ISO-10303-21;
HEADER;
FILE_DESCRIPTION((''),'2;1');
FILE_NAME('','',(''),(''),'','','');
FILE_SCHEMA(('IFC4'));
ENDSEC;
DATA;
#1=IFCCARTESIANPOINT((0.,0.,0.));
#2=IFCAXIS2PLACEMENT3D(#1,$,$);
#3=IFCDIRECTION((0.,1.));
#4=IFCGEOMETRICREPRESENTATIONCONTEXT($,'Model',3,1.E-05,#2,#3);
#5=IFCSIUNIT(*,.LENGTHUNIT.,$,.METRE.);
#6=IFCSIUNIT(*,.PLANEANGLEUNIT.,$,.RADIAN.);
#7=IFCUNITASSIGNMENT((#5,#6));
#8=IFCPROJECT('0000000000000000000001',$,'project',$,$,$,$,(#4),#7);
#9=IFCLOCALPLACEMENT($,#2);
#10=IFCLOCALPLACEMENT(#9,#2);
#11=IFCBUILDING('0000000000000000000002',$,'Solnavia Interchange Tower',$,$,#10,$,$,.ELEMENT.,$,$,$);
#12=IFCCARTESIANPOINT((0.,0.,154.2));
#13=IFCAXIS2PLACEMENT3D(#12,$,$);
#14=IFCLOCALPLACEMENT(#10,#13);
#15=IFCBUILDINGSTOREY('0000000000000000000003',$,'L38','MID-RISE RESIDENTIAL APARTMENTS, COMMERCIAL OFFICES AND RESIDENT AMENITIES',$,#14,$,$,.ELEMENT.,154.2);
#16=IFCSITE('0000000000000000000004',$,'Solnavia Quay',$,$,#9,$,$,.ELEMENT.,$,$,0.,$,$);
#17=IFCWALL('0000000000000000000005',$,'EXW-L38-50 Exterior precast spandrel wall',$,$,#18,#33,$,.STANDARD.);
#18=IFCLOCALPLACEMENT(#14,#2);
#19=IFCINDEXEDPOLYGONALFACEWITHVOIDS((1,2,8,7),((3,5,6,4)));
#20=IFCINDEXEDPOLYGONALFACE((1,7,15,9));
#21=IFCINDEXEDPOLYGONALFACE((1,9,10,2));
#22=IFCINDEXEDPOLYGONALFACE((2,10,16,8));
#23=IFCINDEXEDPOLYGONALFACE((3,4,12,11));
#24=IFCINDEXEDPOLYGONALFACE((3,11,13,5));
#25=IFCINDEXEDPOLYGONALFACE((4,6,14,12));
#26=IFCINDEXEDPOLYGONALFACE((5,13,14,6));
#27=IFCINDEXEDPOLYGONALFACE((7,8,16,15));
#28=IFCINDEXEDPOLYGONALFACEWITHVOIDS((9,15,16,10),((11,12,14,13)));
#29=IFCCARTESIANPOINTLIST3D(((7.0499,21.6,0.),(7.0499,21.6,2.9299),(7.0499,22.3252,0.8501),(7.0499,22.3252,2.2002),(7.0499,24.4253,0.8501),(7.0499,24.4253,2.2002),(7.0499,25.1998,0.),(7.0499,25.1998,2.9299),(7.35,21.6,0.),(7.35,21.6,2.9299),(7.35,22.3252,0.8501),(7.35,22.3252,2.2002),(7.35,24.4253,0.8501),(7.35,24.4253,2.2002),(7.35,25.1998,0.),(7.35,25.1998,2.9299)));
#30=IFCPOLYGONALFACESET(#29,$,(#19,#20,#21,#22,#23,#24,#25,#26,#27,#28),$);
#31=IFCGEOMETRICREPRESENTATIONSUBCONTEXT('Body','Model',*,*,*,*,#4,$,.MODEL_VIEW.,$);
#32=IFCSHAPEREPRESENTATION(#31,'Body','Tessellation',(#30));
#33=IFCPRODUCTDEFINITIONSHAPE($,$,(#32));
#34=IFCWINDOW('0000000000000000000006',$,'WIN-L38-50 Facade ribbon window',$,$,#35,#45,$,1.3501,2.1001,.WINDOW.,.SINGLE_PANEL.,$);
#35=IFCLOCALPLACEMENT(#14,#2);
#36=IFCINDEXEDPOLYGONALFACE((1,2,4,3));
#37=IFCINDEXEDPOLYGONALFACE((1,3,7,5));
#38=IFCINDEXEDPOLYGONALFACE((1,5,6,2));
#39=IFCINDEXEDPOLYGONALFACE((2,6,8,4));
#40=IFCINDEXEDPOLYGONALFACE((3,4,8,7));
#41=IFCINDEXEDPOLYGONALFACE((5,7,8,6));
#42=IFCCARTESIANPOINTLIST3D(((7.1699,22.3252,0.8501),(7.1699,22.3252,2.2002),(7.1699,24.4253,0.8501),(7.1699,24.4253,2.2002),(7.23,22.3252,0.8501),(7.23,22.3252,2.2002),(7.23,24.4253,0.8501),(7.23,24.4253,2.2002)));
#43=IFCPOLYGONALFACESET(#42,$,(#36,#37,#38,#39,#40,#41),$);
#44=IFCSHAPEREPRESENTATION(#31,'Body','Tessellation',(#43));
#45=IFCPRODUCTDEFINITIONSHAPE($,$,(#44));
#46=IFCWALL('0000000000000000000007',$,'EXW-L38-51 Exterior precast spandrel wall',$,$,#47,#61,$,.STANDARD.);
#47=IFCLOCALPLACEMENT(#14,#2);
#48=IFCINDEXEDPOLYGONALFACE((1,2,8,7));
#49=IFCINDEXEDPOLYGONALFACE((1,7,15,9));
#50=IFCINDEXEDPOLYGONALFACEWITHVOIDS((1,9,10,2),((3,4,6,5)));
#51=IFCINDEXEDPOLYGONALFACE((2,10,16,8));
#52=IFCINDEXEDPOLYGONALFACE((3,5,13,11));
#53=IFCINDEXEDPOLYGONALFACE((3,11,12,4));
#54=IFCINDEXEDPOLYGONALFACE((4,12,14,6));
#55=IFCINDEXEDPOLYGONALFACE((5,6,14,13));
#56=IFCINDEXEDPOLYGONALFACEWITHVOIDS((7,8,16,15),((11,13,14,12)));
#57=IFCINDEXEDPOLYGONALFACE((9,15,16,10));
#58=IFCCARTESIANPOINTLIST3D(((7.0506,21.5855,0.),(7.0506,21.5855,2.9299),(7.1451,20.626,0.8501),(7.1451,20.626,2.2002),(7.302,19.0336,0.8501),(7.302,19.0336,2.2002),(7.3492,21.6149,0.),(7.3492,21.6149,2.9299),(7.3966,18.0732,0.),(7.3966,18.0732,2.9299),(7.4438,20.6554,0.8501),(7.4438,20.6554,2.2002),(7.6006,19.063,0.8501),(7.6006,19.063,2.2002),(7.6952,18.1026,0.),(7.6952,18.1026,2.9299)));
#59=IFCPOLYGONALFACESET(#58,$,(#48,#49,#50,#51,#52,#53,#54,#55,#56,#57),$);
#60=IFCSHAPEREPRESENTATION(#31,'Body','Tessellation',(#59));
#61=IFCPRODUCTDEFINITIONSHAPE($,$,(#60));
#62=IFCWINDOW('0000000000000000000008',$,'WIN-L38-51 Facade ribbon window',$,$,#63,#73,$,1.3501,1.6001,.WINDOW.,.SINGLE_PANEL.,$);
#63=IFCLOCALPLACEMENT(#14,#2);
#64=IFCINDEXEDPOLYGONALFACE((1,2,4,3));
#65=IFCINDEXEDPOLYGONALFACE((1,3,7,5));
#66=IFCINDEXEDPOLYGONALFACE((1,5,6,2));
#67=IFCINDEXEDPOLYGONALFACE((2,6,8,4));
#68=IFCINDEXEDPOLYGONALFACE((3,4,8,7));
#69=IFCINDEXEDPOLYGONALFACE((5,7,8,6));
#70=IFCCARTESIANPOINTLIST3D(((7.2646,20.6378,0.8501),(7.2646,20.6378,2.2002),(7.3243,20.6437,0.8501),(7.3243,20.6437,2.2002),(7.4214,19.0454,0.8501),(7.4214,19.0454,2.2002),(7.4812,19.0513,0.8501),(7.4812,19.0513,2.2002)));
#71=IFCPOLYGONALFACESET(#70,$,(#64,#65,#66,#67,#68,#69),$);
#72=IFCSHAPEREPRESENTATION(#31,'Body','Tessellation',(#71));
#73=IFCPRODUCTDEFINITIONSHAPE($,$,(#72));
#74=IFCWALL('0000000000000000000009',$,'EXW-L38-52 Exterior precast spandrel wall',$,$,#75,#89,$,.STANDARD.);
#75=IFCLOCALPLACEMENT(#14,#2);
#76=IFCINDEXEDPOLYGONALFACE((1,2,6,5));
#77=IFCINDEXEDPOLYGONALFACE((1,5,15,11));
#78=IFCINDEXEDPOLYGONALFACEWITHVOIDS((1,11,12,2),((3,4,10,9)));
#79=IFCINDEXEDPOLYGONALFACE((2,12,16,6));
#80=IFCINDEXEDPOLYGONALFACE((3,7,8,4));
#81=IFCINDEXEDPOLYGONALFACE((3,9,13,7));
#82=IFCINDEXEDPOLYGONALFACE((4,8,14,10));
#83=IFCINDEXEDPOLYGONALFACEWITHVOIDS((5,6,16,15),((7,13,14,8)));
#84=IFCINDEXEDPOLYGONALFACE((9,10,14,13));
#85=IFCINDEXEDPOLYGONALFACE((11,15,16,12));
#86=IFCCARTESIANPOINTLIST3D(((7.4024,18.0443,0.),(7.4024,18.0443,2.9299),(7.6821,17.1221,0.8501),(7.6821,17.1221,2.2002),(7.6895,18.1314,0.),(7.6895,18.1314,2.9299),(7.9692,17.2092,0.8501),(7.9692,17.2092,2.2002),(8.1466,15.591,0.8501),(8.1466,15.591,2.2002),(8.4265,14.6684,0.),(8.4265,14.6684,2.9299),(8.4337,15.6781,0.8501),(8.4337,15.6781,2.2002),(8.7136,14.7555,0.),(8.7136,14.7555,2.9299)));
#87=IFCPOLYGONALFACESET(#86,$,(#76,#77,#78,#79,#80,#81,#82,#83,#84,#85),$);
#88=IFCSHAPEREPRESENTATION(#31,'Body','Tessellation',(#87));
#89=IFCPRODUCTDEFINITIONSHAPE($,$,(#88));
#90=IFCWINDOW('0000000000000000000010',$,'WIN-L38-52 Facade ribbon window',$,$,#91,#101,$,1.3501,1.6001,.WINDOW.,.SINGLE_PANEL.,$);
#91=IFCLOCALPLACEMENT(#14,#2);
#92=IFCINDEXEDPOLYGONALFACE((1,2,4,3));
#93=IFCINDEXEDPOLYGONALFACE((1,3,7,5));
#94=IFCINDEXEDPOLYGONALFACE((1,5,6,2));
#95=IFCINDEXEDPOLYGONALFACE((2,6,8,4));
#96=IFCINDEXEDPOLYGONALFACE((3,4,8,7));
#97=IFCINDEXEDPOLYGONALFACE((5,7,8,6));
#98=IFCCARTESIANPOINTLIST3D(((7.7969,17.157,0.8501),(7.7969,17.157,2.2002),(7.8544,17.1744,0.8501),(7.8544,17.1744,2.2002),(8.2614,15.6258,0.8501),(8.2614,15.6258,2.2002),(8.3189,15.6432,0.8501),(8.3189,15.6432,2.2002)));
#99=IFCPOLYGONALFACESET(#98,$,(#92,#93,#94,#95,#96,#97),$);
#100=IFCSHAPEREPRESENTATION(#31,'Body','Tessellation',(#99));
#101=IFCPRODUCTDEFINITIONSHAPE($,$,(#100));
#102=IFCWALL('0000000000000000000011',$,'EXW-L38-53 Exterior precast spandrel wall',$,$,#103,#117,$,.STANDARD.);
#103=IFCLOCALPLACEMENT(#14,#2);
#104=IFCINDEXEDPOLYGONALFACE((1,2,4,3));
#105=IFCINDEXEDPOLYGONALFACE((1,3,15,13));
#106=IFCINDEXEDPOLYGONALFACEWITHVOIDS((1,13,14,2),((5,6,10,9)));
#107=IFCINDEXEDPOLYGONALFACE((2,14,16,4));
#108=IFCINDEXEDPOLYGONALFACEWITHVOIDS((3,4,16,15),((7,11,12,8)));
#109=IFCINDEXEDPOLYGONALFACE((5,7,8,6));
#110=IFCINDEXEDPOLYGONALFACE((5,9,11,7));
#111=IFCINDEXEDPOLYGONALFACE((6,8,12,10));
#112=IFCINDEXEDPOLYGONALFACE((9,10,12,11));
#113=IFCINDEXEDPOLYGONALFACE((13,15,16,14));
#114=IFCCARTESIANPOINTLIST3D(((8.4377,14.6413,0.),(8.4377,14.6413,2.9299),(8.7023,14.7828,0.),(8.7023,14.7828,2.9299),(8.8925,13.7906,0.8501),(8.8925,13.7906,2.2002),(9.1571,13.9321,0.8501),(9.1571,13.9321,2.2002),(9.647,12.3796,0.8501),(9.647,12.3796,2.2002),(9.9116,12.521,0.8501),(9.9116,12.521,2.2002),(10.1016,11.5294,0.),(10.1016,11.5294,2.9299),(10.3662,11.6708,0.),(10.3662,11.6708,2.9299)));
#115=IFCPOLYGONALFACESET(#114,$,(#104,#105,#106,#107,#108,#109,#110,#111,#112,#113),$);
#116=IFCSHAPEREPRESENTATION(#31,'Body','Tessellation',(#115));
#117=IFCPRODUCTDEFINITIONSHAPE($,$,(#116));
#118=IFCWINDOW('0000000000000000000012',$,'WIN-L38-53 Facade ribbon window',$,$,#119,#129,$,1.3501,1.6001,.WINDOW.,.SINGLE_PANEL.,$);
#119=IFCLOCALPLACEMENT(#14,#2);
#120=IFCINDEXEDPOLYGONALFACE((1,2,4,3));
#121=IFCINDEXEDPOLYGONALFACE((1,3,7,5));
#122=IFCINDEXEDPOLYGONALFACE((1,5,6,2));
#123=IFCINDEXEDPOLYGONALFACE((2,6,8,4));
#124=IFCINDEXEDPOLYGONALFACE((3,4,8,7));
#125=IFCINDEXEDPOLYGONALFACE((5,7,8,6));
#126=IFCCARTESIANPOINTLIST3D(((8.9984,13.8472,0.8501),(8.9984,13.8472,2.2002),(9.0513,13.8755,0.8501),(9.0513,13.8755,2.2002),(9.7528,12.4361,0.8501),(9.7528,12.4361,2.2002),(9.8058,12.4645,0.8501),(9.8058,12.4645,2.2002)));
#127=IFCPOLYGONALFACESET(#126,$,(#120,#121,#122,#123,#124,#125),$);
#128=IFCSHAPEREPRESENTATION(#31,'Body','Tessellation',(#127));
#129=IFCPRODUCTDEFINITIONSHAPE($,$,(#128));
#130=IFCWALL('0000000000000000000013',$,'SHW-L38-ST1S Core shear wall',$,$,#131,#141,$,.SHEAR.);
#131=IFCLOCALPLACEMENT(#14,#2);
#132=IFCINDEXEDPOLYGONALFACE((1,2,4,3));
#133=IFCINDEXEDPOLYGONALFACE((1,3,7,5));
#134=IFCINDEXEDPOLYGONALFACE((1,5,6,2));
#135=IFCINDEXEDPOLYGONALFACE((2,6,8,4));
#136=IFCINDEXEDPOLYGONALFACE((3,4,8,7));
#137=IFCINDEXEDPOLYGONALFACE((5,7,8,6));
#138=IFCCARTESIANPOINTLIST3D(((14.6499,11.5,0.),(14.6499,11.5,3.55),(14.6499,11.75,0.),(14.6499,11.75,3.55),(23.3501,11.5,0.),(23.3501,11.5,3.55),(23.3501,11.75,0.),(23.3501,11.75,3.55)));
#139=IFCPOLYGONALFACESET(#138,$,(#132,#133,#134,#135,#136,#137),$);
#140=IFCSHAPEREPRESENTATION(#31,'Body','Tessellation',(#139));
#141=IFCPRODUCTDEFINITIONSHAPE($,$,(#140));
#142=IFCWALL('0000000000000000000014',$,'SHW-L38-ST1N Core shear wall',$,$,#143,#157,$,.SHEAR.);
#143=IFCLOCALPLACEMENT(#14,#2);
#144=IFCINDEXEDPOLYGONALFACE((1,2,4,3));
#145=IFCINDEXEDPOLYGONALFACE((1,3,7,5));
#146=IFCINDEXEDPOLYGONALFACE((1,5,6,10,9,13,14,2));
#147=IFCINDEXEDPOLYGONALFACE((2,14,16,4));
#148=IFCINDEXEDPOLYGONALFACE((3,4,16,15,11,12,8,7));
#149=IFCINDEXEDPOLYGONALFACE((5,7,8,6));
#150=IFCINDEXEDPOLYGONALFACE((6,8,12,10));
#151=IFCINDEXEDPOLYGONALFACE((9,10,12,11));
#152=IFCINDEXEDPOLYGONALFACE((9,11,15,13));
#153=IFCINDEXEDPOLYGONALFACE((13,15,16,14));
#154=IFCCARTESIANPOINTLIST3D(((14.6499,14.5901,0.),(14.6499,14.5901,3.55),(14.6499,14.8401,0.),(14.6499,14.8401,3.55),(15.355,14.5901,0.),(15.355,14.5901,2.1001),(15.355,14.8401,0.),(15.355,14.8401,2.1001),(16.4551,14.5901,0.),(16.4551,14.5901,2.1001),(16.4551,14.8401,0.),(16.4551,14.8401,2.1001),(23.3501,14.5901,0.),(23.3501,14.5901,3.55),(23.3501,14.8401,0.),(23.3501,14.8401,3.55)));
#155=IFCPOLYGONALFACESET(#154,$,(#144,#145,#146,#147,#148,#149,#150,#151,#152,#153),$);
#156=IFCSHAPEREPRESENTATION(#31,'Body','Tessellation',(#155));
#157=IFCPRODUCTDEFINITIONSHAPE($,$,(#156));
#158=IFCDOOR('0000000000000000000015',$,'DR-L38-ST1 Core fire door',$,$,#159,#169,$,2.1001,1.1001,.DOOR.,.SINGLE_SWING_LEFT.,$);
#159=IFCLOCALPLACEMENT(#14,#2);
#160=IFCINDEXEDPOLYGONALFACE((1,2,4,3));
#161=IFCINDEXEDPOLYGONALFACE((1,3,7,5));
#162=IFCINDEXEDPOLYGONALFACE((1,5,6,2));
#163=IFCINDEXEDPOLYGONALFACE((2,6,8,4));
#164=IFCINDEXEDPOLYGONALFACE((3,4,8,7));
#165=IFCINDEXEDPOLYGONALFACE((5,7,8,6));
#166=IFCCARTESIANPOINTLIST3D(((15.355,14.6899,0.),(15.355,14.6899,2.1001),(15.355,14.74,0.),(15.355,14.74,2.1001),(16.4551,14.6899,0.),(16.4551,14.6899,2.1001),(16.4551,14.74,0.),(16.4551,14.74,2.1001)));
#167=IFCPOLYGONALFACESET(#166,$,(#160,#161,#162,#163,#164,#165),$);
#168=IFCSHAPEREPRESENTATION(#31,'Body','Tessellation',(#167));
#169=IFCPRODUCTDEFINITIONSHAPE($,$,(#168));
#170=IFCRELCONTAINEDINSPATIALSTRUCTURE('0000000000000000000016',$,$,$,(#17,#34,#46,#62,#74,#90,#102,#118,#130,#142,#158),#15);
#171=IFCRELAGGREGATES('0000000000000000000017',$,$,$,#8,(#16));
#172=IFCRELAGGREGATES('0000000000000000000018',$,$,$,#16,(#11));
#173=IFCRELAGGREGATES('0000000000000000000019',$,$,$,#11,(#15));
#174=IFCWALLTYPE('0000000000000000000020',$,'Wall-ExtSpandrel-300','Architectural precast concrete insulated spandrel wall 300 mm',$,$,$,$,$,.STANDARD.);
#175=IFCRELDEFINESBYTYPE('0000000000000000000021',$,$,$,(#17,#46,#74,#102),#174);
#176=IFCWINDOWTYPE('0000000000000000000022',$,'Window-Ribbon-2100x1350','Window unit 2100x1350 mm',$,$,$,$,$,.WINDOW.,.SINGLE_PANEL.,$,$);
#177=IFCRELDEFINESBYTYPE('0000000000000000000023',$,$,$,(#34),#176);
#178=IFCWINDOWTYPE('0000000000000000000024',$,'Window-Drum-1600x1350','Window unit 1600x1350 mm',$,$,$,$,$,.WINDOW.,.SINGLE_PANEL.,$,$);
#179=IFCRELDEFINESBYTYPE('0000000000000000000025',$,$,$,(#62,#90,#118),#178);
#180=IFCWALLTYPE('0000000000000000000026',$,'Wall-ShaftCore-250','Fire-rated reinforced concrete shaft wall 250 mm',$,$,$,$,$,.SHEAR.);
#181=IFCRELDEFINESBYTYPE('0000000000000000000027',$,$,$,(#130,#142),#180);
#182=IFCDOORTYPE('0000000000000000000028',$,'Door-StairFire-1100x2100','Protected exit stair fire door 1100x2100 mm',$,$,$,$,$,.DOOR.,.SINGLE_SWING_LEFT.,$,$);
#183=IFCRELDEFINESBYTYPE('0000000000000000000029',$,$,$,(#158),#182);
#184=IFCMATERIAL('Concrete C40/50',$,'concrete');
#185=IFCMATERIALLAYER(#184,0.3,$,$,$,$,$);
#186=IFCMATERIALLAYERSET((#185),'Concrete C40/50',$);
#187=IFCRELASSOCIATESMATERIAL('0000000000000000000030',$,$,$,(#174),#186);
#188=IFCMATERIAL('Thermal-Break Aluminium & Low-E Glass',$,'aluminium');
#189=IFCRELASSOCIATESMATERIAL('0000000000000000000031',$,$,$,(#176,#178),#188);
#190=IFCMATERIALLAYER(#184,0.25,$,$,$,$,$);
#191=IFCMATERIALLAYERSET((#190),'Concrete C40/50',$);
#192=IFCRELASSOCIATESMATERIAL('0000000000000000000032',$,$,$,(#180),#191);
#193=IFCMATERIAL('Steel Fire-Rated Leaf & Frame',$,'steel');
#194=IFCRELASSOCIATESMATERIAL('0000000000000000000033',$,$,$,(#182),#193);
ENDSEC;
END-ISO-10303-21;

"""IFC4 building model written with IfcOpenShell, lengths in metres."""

from ifc_helpers import new_model, si_unit, direction, frame, frame_2d, origin, place, context, subcontext, project, spatial, rectangle, extrude, material, layer, layer_set, type_object, element, fill, save


model = new_model("IFC4")

# Units and contexts
model_context = context("Model", 3, precision=1e-05, world=origin(), true_north=direction((0.0, 1.0)))
body_context = subcontext(model_context, "Body", "Model", "MODEL_VIEW")
ifc_project = project(units=[si_unit("LENGTHUNIT", "METRE"), si_unit("PLANEANGLEUNIT", "RADIAN")], contexts=[model_context])

# Site, building, storey
site_placement = place(None, origin())
site = spatial("IfcSite", under=ifc_project, at=site_placement, Name="Solnavia Quay", CompositionType="ELEMENT", RefElevation=0.0)
building_placement = place(site_placement, origin())
building = spatial("IfcBuilding", under=site, at=building_placement, Name="Solnavia Interchange Tower", CompositionType="ELEMENT")
storey_placement = place(building_placement, frame((0.0, 0.0, 154.2)))
storey = spatial("IfcBuildingStorey", under=building, at=storey_placement, Name="L38", Description="MID-RISE RESIDENTIAL APARTMENTS, COMMERCIAL OFFICES AND RESIDENT AMENITIES", CompositionType="ELEMENT", Elevation=154.2)

# Walls, openings, windows
ifc_material_1 = material(Name="Concrete C40/50", Category="concrete")
ifc_layer_1 = layer(ifc_material_1, 0.3)
ifc_layer_set_1 = layer_set([ifc_layer_1], Name="Concrete C40/50")
wall_type_1 = type_object("IfcWallType", Name="Wall-ExtSpandrel-300", Description="Architectural precast concrete insulated spandrel wall 300 mm", PredefinedType="STANDARD", material=ifc_layer_set_1)
wall_1_placement = place(storey_placement, frame((7.2, 21.6001, 0.0), z_axis=(0.0, 0.0, 1.0), x_axis=(0.0, 1.0, 0.0)))
wall_1 = element("IfcWall", 1, at=wall_1_placement, inside=storey, type_object=wall_type_1, Name="EXW-L38-50 Exterior precast spandrel wall", PredefinedType="STANDARD", context=body_context, shape_type="SweptSolid", body=[
    extrude(rectangle(XDim=3.5999, YDim=0.3, at=frame_2d((1.7998, 0.0))), origin(), (0.0, 0.0, 1.0), 2.9299),
])
opening_1_placement = place(wall_1_placement, frame((0.7251, 0.0, 0.8501)))
opening_1 = element("IfcOpeningElement", 2, at=opening_1_placement, cuts=wall_1, PredefinedType="OPENING", context=body_context, shape_type="SweptSolid", body=[
    extrude(rectangle(XDim=2.1001, YDim=1.3501, at=frame_2d((1.05, 0.675))), frame((0.0, 0.1602, 0.0), z_axis=(0.0, -1.0, 0.0), x_axis=(1.0, 0.0, 0.0)), (0.0, 0.0, 1.0), 0.3201),
])
ifc_material_2 = material(Name="Thermal-Break Aluminium & Low-E Glass", Category="aluminium")
window_type_1 = type_object("IfcWindowType", Name="Window-Ribbon-2100x1350", Description="Window unit 2100x1350 mm", PartitioningType="SINGLE_PANEL", PredefinedType="WINDOW", material=ifc_material_2)
window_1_placement = place(opening_1_placement, origin())
window_1 = element("IfcWindow", 3, at=window_1_placement, inside=storey, type_object=window_type_1, Name="WIN-L38-50 Facade ribbon window", OverallHeight=1.3501, OverallWidth=2.1001, PartitioningType="SINGLE_PANEL", PredefinedType="WINDOW", context=body_context, shape_type="SweptSolid", body=[
    extrude(rectangle(XDim=2.1001, YDim=1.3501, at=frame_2d((1.05, 0.675))), frame((0.0, 0.03, 0.0), z_axis=(0.0, -1.0, 0.0), x_axis=(1.0, 0.0, 0.0)), (0.0, 0.0, 1.0), 0.0601),
])
fill(opening_1, window_1)
wall_2_placement = place(storey_placement, frame((7.5459, 18.0879, 0.0), z_axis=(0.0, 0.0, 1.0), x_axis=(-0.098024, 0.995184, 0.0)))
wall_2 = element("IfcWall", 4, at=wall_2_placement, inside=storey, type_object=wall_type_1, Name="EXW-L38-51 Exterior precast spandrel wall", PredefinedType="STANDARD", context=body_context, shape_type="SweptSolid", body=[
    extrude(rectangle(XDim=3.5293, YDim=0.3, at=frame_2d((1.7646, 0.0))), origin(), (0.0, 0.0, 1.0), 2.9299),
])
opening_2_placement = place(wall_2_placement, frame((0.9651, 0.0, 0.8501)))
opening_2 = element("IfcOpeningElement", 5, at=opening_2_placement, cuts=wall_2, PredefinedType="OPENING", context=body_context, shape_type="SweptSolid", body=[
    extrude(rectangle(XDim=1.6001, YDim=1.3501, at=frame_2d((0.8, 0.675))), frame((0.0, 0.1602, 0.0), z_axis=(0.0, -1.0, 0.0), x_axis=(1.0, 0.0, 0.0)), (0.0, 0.0, 1.0), 0.3201),
])
window_type_2 = type_object("IfcWindowType", Name="Window-Drum-1600x1350", Description="Window unit 1600x1350 mm", PartitioningType="SINGLE_PANEL", PredefinedType="WINDOW", material=ifc_material_2)
window_2_placement = place(opening_2_placement, origin())
window_2 = element("IfcWindow", 6, at=window_2_placement, inside=storey, type_object=window_type_2, Name="WIN-L38-51 Facade ribbon window", OverallHeight=1.3501, OverallWidth=1.6001, PartitioningType="SINGLE_PANEL", PredefinedType="WINDOW", context=body_context, shape_type="SweptSolid", body=[
    extrude(rectangle(XDim=1.6001, YDim=1.3501, at=frame_2d((0.8, 0.675))), frame((0.0, 0.03, 0.0), z_axis=(0.0, -1.0, 0.0), x_axis=(1.0, 0.0, 0.0)), (0.0, 0.0, 1.0), 0.0601),
])
fill(opening_2, window_2)
wall_3_placement = place(storey_placement, frame((8.5701, 14.7119, 0.0), z_axis=(0.0, 0.0, 1.0), x_axis=(-0.290305, 0.956934, 0.0)))
wall_3 = element("IfcWall", 7, at=wall_3_placement, inside=storey, type_object=wall_type_1, Name="EXW-L38-52 Exterior precast spandrel wall", PredefinedType="STANDARD", context=body_context, shape_type="SweptSolid", body=[
    extrude(rectangle(XDim=3.5278, YDim=0.3, at=frame_2d((1.7639, 0.0))), origin(), (0.0, 0.0, 1.0), 2.9299),
])
opening_3_placement = place(wall_3_placement, frame((0.9641, 0.0, 0.8501)))
opening_3 = element("IfcOpeningElement", 8, at=opening_3_placement, cuts=wall_3, PredefinedType="OPENING", context=body_context, shape_type="SweptSolid", body=[
    extrude(rectangle(XDim=1.6001, YDim=1.3501, at=frame_2d((0.8, 0.675))), frame((0.0, 0.1602, 0.0), z_axis=(0.0, -1.0, 0.0), x_axis=(1.0, 0.0, 0.0)), (0.0, 0.0, 1.0), 0.3201),
])
window_3_placement = place(opening_3_placement, origin())
window_3 = element("IfcWindow", 9, at=window_3_placement, inside=storey, type_object=window_type_2, Name="WIN-L38-52 Facade ribbon window", OverallHeight=1.3501, OverallWidth=1.6001, PartitioningType="SINGLE_PANEL", PredefinedType="WINDOW", context=body_context, shape_type="SweptSolid", body=[
    extrude(rectangle(XDim=1.6001, YDim=1.3501, at=frame_2d((0.8, 0.675))), frame((0.0, 0.03, 0.0), z_axis=(0.0, -1.0, 0.0), x_axis=(1.0, 0.0, 0.0)), (0.0, 0.0, 1.0), 0.0601),
])
fill(opening_3, window_3)
wall_4_placement = place(storey_placement, frame((10.2339, 11.6001, 0.0), z_axis=(0.0, 0.0, 1.0), x_axis=(-0.471511, 0.88186, 0.0)))
wall_4 = element("IfcWall", 10, at=wall_4_placement, inside=storey, type_object=wall_type_1, Name="EXW-L38-53 Exterior precast spandrel wall", PredefinedType="STANDARD", context=body_context, shape_type="SweptSolid", body=[
    extrude(rectangle(XDim=3.5288, YDim=0.3, at=frame_2d((1.7644, 0.0))), origin(), (0.0, 0.0, 1.0), 2.9299),
])
opening_4_placement = place(wall_4_placement, frame((0.9641, 0.0, 0.8501)))
opening_4 = element("IfcOpeningElement", 11, at=opening_4_placement, cuts=wall_4, PredefinedType="OPENING", context=body_context, shape_type="SweptSolid", body=[
    extrude(rectangle(XDim=1.6001, YDim=1.3501, at=frame_2d((0.8, 0.675))), frame((0.0, 0.1602, 0.0), z_axis=(0.0, -1.0, 0.0), x_axis=(1.0, 0.0, 0.0)), (0.0, 0.0, 1.0), 0.3201),
])
window_4_placement = place(opening_4_placement, origin())
window_4 = element("IfcWindow", 12, at=window_4_placement, inside=storey, type_object=window_type_2, Name="WIN-L38-53 Facade ribbon window", OverallHeight=1.3501, OverallWidth=1.6001, PartitioningType="SINGLE_PANEL", PredefinedType="WINDOW", context=body_context, shape_type="SweptSolid", body=[
    extrude(rectangle(XDim=1.6001, YDim=1.3501, at=frame_2d((0.8, 0.675))), frame((0.0, 0.03, 0.0), z_axis=(0.0, -1.0, 0.0), x_axis=(1.0, 0.0, 0.0)), (0.0, 0.0, 1.0), 0.0601),
])
fill(opening_4, window_4)

# Wall
ifc_layer_2 = layer(ifc_material_1, 0.25)
ifc_layer_set_2 = layer_set([ifc_layer_2], Name="Concrete C40/50")
wall_type_2 = type_object("IfcWallType", Name="Wall-ShaftCore-250", Description="Fire-rated reinforced concrete shaft wall 250 mm", PredefinedType="SHEAR", material=ifc_layer_set_2)
wall_5_placement = place(storey_placement, frame((14.6499, 11.625, 0.0), z_axis=(0.0, 0.0, 1.0), x_axis=(1.0, 0.0, 0.0)))
element("IfcWall", 13, at=wall_5_placement, inside=storey, type_object=wall_type_2, Name="SHW-L38-ST1S Core shear wall", PredefinedType="SHEAR", context=body_context, shape_type="SweptSolid", body=[
    extrude(rectangle(XDim=8.7002, YDim=0.25, at=frame_2d((4.3501, 0.0))), origin(), (0.0, 0.0, 1.0), 3.55),
])

# Wall, opening, door
wall_6_placement = place(storey_placement, frame((14.6499, 14.7151, 0.0), z_axis=(0.0, 0.0, 1.0), x_axis=(1.0, 0.0, 0.0)))
wall_6 = element("IfcWall", 14, at=wall_6_placement, inside=storey, type_object=wall_type_2, Name="SHW-L38-ST1N Core shear wall", PredefinedType="SHEAR", context=body_context, shape_type="SweptSolid", body=[
    extrude(rectangle(XDim=8.7002, YDim=0.25, at=frame_2d((4.3501, 0.0))), origin(), (0.0, 0.0, 1.0), 3.55),
])
opening_5_placement = place(wall_6_placement, frame((0.7051, 0.0, 0.0)))
opening_5 = element("IfcOpeningElement", 15, at=opening_5_placement, cuts=wall_6, PredefinedType="OPENING", context=body_context, shape_type="SweptSolid", body=[
    extrude(rectangle(XDim=1.1001, YDim=2.1001, at=frame_2d((0.55, 1.05))), frame((0.0, 0.135, 0.0), z_axis=(0.0, -1.0, 0.0), x_axis=(1.0, 0.0, 0.0)), (0.0, 0.0, 1.0), 0.27),
])
ifc_material_3 = material(Name="Steel Fire-Rated Leaf & Frame", Category="steel")
door_type = type_object("IfcDoorType", Name="Door-StairFire-1100x2100", Description="Protected exit stair fire door 1100x2100 mm", OperationType="SINGLE_SWING_LEFT", PredefinedType="DOOR", material=ifc_material_3)
door_placement = place(opening_5_placement, origin())
door = element("IfcDoor", 16, at=door_placement, inside=storey, type_object=door_type, Name="DR-L38-ST1 Core fire door", OperationType="SINGLE_SWING_LEFT", OverallHeight=2.1001, OverallWidth=1.1001, PredefinedType="DOOR", context=body_context, shape_type="SweptSolid", body=[
    extrude(rectangle(XDim=1.1001, YDim=2.1001, at=frame_2d((0.55, 1.05))), frame((0.0, 0.0249, 0.0), z_axis=(0.0, -1.0, 0.0), x_axis=(1.0, 0.0, 0.0)), (0.0, 0.0, 1.0), 0.05),
])
fill(opening_5, door)

save(model, "model.ifc")
